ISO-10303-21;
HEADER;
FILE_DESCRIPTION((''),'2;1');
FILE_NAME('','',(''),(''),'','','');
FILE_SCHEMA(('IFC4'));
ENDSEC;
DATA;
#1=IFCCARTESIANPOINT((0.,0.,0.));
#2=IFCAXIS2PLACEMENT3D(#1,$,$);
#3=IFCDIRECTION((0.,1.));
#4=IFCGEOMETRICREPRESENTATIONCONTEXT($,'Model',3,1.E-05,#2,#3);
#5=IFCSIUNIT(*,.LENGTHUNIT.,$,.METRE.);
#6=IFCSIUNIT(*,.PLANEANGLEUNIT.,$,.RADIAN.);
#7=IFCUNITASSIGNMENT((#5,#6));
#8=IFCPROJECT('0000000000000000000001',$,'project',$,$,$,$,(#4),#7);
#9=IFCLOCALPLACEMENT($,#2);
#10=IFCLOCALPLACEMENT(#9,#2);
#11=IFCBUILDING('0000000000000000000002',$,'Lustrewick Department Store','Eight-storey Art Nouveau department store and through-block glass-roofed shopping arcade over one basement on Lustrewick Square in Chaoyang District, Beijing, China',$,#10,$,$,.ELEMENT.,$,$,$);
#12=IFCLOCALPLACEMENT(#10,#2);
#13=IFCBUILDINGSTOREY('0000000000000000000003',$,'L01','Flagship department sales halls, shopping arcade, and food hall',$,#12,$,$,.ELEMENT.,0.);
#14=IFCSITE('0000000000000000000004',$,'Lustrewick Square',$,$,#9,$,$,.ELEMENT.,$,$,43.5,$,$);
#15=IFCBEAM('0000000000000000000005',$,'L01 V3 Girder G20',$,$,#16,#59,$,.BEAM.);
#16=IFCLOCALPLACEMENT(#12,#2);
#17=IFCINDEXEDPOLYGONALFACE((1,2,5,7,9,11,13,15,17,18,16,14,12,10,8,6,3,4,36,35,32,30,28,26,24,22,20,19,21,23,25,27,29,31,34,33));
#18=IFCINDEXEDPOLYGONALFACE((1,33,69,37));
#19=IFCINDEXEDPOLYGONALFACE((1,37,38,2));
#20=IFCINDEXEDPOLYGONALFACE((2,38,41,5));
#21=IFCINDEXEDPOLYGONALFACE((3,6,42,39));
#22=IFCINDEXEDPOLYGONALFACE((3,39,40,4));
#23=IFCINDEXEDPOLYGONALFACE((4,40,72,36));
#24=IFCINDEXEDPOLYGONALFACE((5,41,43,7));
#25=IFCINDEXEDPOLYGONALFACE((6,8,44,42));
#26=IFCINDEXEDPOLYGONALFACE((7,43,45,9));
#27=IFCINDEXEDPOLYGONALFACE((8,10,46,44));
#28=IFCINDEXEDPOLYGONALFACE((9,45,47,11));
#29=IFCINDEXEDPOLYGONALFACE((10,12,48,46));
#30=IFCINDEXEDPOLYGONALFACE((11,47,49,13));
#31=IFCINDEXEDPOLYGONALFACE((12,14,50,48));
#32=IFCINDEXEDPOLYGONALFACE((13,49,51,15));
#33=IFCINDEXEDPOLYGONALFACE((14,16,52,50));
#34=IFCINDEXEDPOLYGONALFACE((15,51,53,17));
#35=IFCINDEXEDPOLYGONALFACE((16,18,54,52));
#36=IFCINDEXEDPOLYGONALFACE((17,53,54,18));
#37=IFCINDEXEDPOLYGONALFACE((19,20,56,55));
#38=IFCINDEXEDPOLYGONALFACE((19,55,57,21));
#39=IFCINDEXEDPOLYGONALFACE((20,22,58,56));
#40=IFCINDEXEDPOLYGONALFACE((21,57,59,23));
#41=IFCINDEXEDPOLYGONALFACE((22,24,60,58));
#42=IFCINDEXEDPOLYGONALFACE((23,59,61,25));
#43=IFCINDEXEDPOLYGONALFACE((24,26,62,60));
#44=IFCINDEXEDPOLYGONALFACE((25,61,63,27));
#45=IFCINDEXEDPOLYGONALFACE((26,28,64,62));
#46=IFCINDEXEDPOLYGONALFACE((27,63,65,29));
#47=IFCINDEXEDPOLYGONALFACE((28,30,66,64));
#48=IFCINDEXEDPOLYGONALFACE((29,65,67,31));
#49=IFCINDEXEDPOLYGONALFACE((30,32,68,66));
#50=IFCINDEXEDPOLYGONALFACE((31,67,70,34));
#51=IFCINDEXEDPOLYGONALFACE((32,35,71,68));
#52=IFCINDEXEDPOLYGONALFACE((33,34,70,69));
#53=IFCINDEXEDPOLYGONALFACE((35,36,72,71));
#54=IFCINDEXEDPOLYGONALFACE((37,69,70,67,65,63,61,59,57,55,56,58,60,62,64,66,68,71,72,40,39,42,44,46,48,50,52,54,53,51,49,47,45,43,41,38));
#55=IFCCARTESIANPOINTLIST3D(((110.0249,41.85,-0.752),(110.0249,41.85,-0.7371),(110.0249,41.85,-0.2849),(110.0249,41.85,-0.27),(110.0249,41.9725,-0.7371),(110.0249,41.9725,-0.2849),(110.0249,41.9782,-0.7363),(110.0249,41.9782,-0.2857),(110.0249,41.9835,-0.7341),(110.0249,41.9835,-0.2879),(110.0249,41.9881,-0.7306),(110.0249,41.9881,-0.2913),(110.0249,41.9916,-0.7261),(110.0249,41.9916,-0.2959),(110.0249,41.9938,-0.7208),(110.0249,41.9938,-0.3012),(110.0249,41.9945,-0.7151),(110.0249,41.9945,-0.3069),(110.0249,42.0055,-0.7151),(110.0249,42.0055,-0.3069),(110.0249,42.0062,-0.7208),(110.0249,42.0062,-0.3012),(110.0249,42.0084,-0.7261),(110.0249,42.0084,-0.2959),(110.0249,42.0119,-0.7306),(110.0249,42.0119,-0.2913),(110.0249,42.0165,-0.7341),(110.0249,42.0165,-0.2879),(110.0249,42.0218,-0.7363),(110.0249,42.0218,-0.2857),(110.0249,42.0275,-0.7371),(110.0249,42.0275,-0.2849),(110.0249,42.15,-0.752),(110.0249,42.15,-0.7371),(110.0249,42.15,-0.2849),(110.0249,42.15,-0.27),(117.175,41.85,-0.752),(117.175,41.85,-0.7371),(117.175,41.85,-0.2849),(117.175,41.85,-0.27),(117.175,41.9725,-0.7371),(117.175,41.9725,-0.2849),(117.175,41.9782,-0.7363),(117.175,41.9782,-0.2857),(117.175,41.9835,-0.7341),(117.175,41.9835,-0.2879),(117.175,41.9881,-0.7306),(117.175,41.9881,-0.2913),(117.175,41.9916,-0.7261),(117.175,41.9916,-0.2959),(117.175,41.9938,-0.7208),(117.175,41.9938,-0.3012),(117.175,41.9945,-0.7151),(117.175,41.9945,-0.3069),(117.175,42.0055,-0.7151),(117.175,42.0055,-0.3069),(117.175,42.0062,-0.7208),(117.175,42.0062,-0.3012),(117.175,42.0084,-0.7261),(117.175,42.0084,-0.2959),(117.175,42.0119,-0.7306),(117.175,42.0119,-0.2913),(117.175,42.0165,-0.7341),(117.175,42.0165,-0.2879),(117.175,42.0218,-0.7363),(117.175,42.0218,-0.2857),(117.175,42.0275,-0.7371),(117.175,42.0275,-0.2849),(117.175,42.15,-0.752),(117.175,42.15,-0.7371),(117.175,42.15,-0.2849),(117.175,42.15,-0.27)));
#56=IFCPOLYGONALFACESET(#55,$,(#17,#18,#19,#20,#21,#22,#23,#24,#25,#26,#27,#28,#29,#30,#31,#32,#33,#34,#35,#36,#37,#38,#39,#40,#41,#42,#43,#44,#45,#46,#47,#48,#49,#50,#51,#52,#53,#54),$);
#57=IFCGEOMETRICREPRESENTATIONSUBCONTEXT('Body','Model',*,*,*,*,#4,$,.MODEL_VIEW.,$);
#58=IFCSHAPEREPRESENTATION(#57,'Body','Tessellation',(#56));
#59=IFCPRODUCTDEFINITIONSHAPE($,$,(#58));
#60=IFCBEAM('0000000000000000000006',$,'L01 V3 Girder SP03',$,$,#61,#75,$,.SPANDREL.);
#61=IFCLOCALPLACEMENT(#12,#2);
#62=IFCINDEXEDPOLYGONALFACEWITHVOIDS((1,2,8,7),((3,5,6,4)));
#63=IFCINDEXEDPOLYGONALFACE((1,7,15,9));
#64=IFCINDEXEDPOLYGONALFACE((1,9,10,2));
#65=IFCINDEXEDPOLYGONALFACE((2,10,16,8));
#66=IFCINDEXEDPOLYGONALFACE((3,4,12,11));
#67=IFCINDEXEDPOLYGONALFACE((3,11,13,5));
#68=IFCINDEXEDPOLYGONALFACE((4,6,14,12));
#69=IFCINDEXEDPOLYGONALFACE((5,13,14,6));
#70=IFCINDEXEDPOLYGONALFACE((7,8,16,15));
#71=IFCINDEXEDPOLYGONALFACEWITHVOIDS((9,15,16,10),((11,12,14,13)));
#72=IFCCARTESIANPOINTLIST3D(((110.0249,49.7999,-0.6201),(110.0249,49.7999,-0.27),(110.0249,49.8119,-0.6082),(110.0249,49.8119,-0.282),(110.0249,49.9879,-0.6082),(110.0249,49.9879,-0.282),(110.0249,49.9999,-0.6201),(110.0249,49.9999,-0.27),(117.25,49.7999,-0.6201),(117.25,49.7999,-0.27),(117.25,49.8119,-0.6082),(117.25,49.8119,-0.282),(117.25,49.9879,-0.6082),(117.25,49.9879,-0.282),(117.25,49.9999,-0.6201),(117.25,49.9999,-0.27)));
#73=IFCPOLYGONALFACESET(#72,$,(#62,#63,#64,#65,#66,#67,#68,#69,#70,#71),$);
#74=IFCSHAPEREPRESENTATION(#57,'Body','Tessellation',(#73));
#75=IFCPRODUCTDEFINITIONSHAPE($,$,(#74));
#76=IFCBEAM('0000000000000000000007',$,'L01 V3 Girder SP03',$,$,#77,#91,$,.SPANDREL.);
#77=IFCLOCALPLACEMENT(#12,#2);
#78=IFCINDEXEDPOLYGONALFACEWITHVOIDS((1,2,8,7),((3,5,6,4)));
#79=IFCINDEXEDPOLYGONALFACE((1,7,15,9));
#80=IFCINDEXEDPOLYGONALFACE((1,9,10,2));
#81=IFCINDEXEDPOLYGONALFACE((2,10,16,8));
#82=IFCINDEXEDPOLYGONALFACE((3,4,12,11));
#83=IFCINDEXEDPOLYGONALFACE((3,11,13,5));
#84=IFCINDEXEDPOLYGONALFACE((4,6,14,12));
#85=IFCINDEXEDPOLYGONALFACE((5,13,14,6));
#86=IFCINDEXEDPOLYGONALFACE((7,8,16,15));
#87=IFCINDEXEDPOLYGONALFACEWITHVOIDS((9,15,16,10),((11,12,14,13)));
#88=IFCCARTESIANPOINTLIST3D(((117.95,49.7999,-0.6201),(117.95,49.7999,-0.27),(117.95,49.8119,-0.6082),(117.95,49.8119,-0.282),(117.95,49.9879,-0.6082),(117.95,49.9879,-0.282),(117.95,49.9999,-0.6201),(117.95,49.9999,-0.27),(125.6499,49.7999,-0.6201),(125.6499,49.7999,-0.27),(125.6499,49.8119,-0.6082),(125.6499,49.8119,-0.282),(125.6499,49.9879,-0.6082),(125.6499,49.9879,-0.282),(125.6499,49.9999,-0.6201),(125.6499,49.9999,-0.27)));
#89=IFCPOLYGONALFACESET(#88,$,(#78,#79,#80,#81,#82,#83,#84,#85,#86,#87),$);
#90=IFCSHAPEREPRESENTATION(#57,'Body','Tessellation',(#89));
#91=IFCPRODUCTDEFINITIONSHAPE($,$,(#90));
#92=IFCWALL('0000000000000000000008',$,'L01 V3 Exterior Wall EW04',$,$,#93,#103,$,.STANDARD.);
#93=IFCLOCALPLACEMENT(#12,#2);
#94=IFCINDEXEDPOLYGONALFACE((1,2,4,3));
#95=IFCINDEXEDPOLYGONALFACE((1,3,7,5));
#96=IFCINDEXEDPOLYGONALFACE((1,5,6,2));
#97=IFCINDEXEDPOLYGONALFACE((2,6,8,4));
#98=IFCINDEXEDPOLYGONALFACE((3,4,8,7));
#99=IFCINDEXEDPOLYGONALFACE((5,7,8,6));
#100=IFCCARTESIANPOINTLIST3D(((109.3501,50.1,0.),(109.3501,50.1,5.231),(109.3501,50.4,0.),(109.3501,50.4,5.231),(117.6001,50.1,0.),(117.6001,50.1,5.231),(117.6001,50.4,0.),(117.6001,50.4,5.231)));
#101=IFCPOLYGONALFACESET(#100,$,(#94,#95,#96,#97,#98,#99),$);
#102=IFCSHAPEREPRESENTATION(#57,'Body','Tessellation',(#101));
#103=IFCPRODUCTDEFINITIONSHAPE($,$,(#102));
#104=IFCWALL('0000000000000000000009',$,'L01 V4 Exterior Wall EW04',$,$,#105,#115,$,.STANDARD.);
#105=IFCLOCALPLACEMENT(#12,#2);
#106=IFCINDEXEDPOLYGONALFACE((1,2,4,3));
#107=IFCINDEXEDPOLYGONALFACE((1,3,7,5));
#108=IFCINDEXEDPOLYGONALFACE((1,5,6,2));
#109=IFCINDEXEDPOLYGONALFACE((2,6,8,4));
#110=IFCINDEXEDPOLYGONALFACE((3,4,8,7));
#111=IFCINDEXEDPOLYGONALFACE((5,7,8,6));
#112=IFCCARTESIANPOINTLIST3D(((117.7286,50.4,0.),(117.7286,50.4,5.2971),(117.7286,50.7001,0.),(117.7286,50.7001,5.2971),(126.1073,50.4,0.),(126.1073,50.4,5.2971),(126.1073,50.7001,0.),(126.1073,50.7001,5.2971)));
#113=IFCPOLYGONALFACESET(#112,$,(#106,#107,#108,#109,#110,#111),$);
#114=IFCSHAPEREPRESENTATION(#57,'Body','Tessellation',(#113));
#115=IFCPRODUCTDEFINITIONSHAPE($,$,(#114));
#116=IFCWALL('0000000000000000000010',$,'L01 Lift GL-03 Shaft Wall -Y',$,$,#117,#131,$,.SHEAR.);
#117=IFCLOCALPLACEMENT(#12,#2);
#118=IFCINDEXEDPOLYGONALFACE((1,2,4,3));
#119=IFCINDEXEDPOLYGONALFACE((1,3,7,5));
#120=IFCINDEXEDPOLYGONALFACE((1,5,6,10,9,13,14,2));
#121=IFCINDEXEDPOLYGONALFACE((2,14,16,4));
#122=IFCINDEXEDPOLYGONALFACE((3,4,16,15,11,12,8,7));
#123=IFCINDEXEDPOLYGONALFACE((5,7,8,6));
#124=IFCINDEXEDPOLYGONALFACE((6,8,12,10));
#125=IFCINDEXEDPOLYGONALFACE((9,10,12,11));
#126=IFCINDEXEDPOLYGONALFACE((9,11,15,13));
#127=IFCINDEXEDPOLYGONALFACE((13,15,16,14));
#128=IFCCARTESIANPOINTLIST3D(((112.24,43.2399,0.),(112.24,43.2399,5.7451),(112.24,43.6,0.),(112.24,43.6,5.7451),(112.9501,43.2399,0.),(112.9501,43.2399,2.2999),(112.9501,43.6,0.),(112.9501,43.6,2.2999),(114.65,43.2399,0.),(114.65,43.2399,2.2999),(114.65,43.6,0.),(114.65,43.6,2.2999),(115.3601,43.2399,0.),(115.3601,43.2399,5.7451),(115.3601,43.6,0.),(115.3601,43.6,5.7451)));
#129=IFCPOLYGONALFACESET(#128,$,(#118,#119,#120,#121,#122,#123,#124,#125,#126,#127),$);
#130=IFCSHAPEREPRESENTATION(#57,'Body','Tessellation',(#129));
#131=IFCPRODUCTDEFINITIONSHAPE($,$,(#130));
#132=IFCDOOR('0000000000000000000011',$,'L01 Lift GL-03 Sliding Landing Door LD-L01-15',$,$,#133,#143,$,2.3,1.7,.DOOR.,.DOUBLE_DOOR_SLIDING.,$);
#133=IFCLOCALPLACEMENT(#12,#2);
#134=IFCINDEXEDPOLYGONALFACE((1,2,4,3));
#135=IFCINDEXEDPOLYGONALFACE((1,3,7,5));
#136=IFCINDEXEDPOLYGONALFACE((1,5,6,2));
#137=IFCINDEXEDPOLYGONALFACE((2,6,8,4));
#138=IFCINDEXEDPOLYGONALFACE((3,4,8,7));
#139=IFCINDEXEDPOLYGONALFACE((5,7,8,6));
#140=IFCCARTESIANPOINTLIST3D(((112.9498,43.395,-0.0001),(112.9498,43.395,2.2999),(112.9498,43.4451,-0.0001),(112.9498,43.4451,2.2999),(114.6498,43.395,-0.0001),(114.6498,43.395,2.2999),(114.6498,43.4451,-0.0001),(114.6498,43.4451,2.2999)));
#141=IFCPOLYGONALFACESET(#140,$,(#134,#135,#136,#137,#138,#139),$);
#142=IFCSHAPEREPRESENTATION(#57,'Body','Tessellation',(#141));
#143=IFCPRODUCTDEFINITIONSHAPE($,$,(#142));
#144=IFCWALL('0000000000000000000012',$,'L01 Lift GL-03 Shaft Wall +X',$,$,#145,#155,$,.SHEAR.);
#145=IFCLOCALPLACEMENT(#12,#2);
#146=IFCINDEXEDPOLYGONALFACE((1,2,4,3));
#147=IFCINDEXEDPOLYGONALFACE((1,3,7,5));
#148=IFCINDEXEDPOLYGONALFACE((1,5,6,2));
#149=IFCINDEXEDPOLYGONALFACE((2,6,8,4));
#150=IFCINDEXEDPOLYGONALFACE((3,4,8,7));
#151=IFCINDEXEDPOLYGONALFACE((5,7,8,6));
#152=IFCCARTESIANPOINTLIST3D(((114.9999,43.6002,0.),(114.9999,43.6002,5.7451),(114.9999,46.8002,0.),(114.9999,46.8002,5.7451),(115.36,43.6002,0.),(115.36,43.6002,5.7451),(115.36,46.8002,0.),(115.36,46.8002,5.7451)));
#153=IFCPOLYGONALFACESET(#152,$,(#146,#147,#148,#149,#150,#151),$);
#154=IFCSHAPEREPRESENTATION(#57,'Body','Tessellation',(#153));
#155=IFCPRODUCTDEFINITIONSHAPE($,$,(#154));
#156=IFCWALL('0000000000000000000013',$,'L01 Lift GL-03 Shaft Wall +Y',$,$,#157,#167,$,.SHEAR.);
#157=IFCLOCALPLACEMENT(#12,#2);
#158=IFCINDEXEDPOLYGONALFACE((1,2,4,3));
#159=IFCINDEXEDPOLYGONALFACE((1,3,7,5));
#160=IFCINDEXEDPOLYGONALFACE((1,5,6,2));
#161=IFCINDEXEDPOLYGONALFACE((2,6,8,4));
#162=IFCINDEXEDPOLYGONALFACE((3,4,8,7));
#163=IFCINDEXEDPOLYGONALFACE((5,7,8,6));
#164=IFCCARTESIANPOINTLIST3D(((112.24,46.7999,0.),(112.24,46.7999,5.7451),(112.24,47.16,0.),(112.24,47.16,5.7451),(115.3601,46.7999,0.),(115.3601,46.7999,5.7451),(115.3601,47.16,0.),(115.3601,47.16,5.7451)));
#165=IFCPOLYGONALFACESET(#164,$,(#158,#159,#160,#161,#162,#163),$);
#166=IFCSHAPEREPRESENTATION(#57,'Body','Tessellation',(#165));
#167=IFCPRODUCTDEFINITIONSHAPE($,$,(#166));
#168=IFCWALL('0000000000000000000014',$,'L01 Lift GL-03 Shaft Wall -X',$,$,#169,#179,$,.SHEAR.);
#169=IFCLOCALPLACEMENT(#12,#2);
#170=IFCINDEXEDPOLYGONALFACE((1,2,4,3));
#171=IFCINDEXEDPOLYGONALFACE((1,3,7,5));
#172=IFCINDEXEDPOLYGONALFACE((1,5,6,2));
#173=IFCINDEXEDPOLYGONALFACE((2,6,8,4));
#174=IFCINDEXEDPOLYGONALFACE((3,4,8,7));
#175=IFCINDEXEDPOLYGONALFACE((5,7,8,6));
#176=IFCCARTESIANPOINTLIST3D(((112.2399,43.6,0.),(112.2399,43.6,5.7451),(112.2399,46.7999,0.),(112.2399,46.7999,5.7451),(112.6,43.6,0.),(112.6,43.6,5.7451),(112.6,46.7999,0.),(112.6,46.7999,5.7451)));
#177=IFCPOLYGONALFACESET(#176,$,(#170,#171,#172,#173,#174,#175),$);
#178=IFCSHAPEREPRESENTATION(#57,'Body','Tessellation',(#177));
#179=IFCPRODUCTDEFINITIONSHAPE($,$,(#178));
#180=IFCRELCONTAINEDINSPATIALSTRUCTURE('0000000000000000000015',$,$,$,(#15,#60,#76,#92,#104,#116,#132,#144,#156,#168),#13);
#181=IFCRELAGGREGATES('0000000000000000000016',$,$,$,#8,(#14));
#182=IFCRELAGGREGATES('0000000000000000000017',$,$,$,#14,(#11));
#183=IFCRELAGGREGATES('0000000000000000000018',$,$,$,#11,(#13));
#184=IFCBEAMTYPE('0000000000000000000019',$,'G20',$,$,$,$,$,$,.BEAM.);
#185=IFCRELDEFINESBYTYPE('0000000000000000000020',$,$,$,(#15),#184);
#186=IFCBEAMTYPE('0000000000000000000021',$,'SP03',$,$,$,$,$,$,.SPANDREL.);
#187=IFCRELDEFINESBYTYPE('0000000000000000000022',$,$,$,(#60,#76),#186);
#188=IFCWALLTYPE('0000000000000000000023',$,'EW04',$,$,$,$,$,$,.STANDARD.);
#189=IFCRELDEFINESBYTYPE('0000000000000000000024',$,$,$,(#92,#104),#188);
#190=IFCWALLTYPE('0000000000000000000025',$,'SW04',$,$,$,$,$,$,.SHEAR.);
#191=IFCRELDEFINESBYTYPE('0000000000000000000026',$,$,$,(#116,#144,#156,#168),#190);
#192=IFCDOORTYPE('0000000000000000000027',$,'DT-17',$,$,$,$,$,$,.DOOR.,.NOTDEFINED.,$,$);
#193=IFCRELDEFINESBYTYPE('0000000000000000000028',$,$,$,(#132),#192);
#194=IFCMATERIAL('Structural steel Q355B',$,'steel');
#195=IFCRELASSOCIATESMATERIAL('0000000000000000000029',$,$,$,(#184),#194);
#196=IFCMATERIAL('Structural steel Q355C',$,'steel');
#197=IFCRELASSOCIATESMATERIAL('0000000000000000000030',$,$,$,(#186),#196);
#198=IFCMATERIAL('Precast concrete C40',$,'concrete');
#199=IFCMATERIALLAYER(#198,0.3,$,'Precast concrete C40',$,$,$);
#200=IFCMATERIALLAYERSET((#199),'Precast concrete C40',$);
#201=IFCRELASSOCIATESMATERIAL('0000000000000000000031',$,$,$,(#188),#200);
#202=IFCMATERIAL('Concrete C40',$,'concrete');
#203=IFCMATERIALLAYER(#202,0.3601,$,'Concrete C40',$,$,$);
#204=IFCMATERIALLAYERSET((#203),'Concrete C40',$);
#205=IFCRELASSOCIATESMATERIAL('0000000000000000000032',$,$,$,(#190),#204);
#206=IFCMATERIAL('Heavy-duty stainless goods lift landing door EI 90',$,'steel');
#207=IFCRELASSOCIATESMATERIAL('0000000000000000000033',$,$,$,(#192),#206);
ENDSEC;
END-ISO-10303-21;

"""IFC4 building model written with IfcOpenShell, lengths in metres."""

from ifc_helpers import new_model, si_unit, direction, frame, frame_2d, origin, origin_2d, place, context, subcontext, project, spatial, rectangle, hollow_rectangle, i_section, extrude, material, layer, layer_set, material_profile, profile_set, type_object, element, fill, save


model = new_model("IFC4")

# Units and contexts
model_context = context("Model", 3, precision=1e-05, world=origin(), true_north=direction((0.0, 1.0)))
body_context = subcontext(model_context, "Body", "Model", "MODEL_VIEW")
ifc_project = project(units=[si_unit("LENGTHUNIT", "METRE"), si_unit("PLANEANGLEUNIT", "RADIAN")], contexts=[model_context])

# Site, building, storey
site_placement = place(None, origin())
site = spatial("IfcSite", under=ifc_project, at=site_placement, Name="Lustrewick Square", CompositionType="ELEMENT", RefElevation=43.5)
building_placement = place(site_placement, origin())
building = spatial("IfcBuilding", under=site, at=building_placement, Name="Lustrewick Department Store", Description="Eight-storey Art Nouveau department store and through-block glass-roofed shopping arcade over one basement on Lustrewick Square in Chaoyang District, Beijing, China", CompositionType="ELEMENT")
storey_placement = place(building_placement, origin())
storey = spatial("IfcBuildingStorey", under=building, at=storey_placement, Name="L01", Description="Flagship department sales halls, shopping arcade, and food hall", CompositionType="ELEMENT", Elevation=0.0)

# Shared definitions
ifc_material_1 = material(Name="Structural steel Q355B", Category="steel")
ifc_material_2 = material(Name="Concrete C40", Category="concrete")

# Beams
ifc_material_3 = material(Name="Structural steel Q355C", Category="steel")
ifc_material_profile_1 = material_profile(ifc_material_1, i_section(OverallWidth=0.3, OverallDepth=0.4819, WebThickness=0.011, FlangeThickness=0.0149, FilletRadius=0.022, at=origin_2d()), Name="HM 482x300x11x15")
ifc_profile_set_1 = profile_set([ifc_material_profile_1], Name="Structural steel Q355B")
beam_type_1 = type_object("IfcBeamType", Name="G20", PredefinedType="BEAM", material=ifc_profile_set_1)
beam_1_placement = place(storey_placement, frame((110.0249, 42.0, -0.511), z_axis=(1.0, 0.0, 0.0), x_axis=(0.0, 1.0, 0.0)))
element("IfcBeam", 1, at=beam_1_placement, inside=storey, type_object=beam_type_1, Name="L01 V3 Girder G20", PredefinedType="BEAM", context=body_context, shape_type="SweptSolid", body=[
    extrude(i_section(OverallWidth=0.3, OverallDepth=0.4819, WebThickness=0.011, FlangeThickness=0.0149, FilletRadius=0.022, at=origin_2d()), origin(), (0.0, 0.0, 1.0), 7.1501),
])
ifc_material_profile_2 = material_profile(ifc_material_3, hollow_rectangle(XDim=0.2, YDim=0.3501, WallThickness=0.012, at=origin_2d()), Name="RHS 350x200x12")
ifc_profile_set_2 = profile_set([ifc_material_profile_2], Name="Structural steel Q355C")
beam_type_2 = type_object("IfcBeamType", Name="SP03", PredefinedType="SPANDREL", material=ifc_profile_set_2)
beam_2_placement = place(storey_placement, frame((110.0249, 49.8999, -0.4451), z_axis=(1.0, 0.0, 0.0), x_axis=(0.0, 1.0, 0.0)))
element("IfcBeam", 2, at=beam_2_placement, inside=storey, type_object=beam_type_2, Name="L01 V3 Girder SP03", PredefinedType="SPANDREL", context=body_context, shape_type="SweptSolid", body=[
    extrude(hollow_rectangle(XDim=0.2, YDim=0.3501, WallThickness=0.012, at=origin_2d()), origin(), (0.0, 0.0, 1.0), 7.2251),
])
beam_3_placement = place(storey_placement, frame((117.95, 49.8999, -0.4451), z_axis=(1.0, 0.0, 0.0), x_axis=(0.0, 1.0, 0.0)))
element("IfcBeam", 3, at=beam_3_placement, inside=storey, type_object=beam_type_2, Name="L01 V3 Girder SP03", PredefinedType="SPANDREL", context=body_context, shape_type="SweptSolid", body=[
    extrude(hollow_rectangle(XDim=0.2, YDim=0.3501, WallThickness=0.012, at=origin_2d()), origin(), (0.0, 0.0, 1.0), 7.7),
])

# Walls
ifc_material_4 = material(Name="Precast concrete C40", Category="concrete")
ifc_layer_1 = layer(ifc_material_4, 0.3, Name="Precast concrete C40")
ifc_layer_set_1 = layer_set([ifc_layer_1], Name="Precast concrete C40")
wall_type_1 = type_object("IfcWallType", Name="EW04", PredefinedType="STANDARD", material=ifc_layer_set_1)
wall_1_placement = place(storey_placement, frame((117.6001, 50.25, 0.0), z_axis=(0.0, 0.0, 1.0), x_axis=(-1.0, 0.0, 0.0)))
element("IfcWall", 4, at=wall_1_placement, inside=storey, type_object=wall_type_1, Name="L01 V3 Exterior Wall EW04", PredefinedType="STANDARD", context=body_context, shape_type="SweptSolid", body=[
    extrude(rectangle(XDim=8.25, YDim=0.3, at=frame_2d((4.125, 0.0))), origin(), (0.0, 0.0, 1.0), 5.231),
])
wall_2_placement = place(storey_placement, frame((117.7285, 50.55, 0.0), z_axis=(0.0, 0.0, 1.0), x_axis=(1.0, 0.0, 0.0)))
element("IfcWall", 5, at=wall_2_placement, inside=storey, type_object=wall_type_1, Name="L01 V4 Exterior Wall EW04", PredefinedType="STANDARD", context=body_context, shape_type="SweptSolid", body=[
    extrude(rectangle(XDim=8.3787, YDim=0.3, at=frame_2d((4.1895, 0.0))), origin(), (0.0, 0.0, 1.0), 5.2971),
])

# Wall, opening, door
ifc_layer_2 = layer(ifc_material_2, 0.3601, Name="Concrete C40")
ifc_layer_set_2 = layer_set([ifc_layer_2], Name="Concrete C40")
wall_type_2 = type_object("IfcWallType", Name="SW04", PredefinedType="SHEAR", material=ifc_layer_set_2)
wall_3_placement = place(storey_placement, frame((112.24, 43.4199, 0.0), z_axis=(0.0, 0.0, 1.0), x_axis=(1.0, 0.0, 0.0)))
wall_3 = element("IfcWall", 6, at=wall_3_placement, inside=storey, type_object=wall_type_2, Name="L01 Lift GL-03 Shaft Wall -Y", PredefinedType="SHEAR", context=body_context, shape_type="SweptSolid", body=[
    extrude(rectangle(XDim=3.1201, YDim=0.3601, at=frame_2d((1.5601, 0.0))), origin(), (0.0, 0.0, 1.0), 5.7451),
])
opening_placement = place(wall_3_placement, frame((0.71, 0.0, 0.0)))
opening = element("IfcOpeningElement", 7, at=opening_placement, cuts=wall_3, PredefinedType="OPENING", context=body_context, shape_type="SweptSolid", body=[
    extrude(rectangle(XDim=1.7, YDim=2.3, at=frame_2d((0.8501, 1.1499))), frame((0.0, 0.1899, 0.0), z_axis=(0.0, -1.0, 0.0), x_axis=(1.0, 0.0, 0.0)), (0.0, 0.0, 1.0), 0.3801),
])
ifc_material_5 = material(Name="Heavy-duty stainless goods lift landing door EI 90", Category="steel")
door_type = type_object("IfcDoorType", Name="DT-17", OperationType="NOTDEFINED", PredefinedType="DOOR", material=ifc_material_5)
door_placement = place(opening_placement, frame((1.7, 0.0, 0.0), z_axis=(0.0, 0.0, 1.0), x_axis=(-1.0, 0.0, 0.0)))
door = element("IfcDoor", 8, at=door_placement, inside=storey, type_object=door_type, Name="L01 Lift GL-03 Sliding Landing Door LD-L01-15", OperationType="DOUBLE_DOOR_SLIDING", OverallHeight=2.3, OverallWidth=1.7, PredefinedType="DOOR", context=body_context, shape_type="SweptSolid", body=[
    extrude(rectangle(XDim=1.7, YDim=2.3, at=frame_2d((0.8501, 1.1499))), frame((0.0, 0.0249, 0.0), z_axis=(0.0, -1.0, 0.0), x_axis=(1.0, 0.0, 0.0)), (0.0, 0.0, 1.0), 0.05),
])
fill(opening, door)

# Walls
wall_4_placement = place(storey_placement, frame((115.1799, 43.6001, 0.0), z_axis=(0.0, 0.0, 1.0), x_axis=(0.0, 1.0, 0.0)))
element("IfcWall", 9, at=wall_4_placement, inside=storey, type_object=wall_type_2, Name="L01 Lift GL-03 Shaft Wall +X", PredefinedType="SHEAR", context=body_context, shape_type="SweptSolid", body=[
    extrude(rectangle(XDim=3.2, YDim=0.3601, at=frame_2d((1.6001, 0.0))), origin(), (0.0, 0.0, 1.0), 5.7451),
])
wall_5_placement = place(storey_placement, frame((115.3601, 46.98, 0.0), z_axis=(0.0, 0.0, 1.0), x_axis=(-1.0, 0.0, 0.0)))
element("IfcWall", 10, at=wall_5_placement, inside=storey, type_object=wall_type_2, Name="L01 Lift GL-03 Shaft Wall +Y", PredefinedType="SHEAR", context=body_context, shape_type="SweptSolid", body=[
    extrude(rectangle(XDim=3.1201, YDim=0.3601, at=frame_2d((1.5601, 0.0))), origin(), (0.0, 0.0, 1.0), 5.7451),
])
wall_6_placement = place(storey_placement, frame((112.4199, 46.8, 0.0), z_axis=(0.0, 0.0, 1.0), x_axis=(0.0, -1.0, 0.0)))
element("IfcWall", 11, at=wall_6_placement, inside=storey, type_object=wall_type_2, Name="L01 Lift GL-03 Shaft Wall -X", PredefinedType="SHEAR", context=body_context, shape_type="SweptSolid", body=[
    extrude(rectangle(XDim=3.2, YDim=0.3601, at=frame_2d((1.6001, 0.0))), origin(), (0.0, 0.0, 1.0), 5.7451),
])

save(model, "model.ifc")
